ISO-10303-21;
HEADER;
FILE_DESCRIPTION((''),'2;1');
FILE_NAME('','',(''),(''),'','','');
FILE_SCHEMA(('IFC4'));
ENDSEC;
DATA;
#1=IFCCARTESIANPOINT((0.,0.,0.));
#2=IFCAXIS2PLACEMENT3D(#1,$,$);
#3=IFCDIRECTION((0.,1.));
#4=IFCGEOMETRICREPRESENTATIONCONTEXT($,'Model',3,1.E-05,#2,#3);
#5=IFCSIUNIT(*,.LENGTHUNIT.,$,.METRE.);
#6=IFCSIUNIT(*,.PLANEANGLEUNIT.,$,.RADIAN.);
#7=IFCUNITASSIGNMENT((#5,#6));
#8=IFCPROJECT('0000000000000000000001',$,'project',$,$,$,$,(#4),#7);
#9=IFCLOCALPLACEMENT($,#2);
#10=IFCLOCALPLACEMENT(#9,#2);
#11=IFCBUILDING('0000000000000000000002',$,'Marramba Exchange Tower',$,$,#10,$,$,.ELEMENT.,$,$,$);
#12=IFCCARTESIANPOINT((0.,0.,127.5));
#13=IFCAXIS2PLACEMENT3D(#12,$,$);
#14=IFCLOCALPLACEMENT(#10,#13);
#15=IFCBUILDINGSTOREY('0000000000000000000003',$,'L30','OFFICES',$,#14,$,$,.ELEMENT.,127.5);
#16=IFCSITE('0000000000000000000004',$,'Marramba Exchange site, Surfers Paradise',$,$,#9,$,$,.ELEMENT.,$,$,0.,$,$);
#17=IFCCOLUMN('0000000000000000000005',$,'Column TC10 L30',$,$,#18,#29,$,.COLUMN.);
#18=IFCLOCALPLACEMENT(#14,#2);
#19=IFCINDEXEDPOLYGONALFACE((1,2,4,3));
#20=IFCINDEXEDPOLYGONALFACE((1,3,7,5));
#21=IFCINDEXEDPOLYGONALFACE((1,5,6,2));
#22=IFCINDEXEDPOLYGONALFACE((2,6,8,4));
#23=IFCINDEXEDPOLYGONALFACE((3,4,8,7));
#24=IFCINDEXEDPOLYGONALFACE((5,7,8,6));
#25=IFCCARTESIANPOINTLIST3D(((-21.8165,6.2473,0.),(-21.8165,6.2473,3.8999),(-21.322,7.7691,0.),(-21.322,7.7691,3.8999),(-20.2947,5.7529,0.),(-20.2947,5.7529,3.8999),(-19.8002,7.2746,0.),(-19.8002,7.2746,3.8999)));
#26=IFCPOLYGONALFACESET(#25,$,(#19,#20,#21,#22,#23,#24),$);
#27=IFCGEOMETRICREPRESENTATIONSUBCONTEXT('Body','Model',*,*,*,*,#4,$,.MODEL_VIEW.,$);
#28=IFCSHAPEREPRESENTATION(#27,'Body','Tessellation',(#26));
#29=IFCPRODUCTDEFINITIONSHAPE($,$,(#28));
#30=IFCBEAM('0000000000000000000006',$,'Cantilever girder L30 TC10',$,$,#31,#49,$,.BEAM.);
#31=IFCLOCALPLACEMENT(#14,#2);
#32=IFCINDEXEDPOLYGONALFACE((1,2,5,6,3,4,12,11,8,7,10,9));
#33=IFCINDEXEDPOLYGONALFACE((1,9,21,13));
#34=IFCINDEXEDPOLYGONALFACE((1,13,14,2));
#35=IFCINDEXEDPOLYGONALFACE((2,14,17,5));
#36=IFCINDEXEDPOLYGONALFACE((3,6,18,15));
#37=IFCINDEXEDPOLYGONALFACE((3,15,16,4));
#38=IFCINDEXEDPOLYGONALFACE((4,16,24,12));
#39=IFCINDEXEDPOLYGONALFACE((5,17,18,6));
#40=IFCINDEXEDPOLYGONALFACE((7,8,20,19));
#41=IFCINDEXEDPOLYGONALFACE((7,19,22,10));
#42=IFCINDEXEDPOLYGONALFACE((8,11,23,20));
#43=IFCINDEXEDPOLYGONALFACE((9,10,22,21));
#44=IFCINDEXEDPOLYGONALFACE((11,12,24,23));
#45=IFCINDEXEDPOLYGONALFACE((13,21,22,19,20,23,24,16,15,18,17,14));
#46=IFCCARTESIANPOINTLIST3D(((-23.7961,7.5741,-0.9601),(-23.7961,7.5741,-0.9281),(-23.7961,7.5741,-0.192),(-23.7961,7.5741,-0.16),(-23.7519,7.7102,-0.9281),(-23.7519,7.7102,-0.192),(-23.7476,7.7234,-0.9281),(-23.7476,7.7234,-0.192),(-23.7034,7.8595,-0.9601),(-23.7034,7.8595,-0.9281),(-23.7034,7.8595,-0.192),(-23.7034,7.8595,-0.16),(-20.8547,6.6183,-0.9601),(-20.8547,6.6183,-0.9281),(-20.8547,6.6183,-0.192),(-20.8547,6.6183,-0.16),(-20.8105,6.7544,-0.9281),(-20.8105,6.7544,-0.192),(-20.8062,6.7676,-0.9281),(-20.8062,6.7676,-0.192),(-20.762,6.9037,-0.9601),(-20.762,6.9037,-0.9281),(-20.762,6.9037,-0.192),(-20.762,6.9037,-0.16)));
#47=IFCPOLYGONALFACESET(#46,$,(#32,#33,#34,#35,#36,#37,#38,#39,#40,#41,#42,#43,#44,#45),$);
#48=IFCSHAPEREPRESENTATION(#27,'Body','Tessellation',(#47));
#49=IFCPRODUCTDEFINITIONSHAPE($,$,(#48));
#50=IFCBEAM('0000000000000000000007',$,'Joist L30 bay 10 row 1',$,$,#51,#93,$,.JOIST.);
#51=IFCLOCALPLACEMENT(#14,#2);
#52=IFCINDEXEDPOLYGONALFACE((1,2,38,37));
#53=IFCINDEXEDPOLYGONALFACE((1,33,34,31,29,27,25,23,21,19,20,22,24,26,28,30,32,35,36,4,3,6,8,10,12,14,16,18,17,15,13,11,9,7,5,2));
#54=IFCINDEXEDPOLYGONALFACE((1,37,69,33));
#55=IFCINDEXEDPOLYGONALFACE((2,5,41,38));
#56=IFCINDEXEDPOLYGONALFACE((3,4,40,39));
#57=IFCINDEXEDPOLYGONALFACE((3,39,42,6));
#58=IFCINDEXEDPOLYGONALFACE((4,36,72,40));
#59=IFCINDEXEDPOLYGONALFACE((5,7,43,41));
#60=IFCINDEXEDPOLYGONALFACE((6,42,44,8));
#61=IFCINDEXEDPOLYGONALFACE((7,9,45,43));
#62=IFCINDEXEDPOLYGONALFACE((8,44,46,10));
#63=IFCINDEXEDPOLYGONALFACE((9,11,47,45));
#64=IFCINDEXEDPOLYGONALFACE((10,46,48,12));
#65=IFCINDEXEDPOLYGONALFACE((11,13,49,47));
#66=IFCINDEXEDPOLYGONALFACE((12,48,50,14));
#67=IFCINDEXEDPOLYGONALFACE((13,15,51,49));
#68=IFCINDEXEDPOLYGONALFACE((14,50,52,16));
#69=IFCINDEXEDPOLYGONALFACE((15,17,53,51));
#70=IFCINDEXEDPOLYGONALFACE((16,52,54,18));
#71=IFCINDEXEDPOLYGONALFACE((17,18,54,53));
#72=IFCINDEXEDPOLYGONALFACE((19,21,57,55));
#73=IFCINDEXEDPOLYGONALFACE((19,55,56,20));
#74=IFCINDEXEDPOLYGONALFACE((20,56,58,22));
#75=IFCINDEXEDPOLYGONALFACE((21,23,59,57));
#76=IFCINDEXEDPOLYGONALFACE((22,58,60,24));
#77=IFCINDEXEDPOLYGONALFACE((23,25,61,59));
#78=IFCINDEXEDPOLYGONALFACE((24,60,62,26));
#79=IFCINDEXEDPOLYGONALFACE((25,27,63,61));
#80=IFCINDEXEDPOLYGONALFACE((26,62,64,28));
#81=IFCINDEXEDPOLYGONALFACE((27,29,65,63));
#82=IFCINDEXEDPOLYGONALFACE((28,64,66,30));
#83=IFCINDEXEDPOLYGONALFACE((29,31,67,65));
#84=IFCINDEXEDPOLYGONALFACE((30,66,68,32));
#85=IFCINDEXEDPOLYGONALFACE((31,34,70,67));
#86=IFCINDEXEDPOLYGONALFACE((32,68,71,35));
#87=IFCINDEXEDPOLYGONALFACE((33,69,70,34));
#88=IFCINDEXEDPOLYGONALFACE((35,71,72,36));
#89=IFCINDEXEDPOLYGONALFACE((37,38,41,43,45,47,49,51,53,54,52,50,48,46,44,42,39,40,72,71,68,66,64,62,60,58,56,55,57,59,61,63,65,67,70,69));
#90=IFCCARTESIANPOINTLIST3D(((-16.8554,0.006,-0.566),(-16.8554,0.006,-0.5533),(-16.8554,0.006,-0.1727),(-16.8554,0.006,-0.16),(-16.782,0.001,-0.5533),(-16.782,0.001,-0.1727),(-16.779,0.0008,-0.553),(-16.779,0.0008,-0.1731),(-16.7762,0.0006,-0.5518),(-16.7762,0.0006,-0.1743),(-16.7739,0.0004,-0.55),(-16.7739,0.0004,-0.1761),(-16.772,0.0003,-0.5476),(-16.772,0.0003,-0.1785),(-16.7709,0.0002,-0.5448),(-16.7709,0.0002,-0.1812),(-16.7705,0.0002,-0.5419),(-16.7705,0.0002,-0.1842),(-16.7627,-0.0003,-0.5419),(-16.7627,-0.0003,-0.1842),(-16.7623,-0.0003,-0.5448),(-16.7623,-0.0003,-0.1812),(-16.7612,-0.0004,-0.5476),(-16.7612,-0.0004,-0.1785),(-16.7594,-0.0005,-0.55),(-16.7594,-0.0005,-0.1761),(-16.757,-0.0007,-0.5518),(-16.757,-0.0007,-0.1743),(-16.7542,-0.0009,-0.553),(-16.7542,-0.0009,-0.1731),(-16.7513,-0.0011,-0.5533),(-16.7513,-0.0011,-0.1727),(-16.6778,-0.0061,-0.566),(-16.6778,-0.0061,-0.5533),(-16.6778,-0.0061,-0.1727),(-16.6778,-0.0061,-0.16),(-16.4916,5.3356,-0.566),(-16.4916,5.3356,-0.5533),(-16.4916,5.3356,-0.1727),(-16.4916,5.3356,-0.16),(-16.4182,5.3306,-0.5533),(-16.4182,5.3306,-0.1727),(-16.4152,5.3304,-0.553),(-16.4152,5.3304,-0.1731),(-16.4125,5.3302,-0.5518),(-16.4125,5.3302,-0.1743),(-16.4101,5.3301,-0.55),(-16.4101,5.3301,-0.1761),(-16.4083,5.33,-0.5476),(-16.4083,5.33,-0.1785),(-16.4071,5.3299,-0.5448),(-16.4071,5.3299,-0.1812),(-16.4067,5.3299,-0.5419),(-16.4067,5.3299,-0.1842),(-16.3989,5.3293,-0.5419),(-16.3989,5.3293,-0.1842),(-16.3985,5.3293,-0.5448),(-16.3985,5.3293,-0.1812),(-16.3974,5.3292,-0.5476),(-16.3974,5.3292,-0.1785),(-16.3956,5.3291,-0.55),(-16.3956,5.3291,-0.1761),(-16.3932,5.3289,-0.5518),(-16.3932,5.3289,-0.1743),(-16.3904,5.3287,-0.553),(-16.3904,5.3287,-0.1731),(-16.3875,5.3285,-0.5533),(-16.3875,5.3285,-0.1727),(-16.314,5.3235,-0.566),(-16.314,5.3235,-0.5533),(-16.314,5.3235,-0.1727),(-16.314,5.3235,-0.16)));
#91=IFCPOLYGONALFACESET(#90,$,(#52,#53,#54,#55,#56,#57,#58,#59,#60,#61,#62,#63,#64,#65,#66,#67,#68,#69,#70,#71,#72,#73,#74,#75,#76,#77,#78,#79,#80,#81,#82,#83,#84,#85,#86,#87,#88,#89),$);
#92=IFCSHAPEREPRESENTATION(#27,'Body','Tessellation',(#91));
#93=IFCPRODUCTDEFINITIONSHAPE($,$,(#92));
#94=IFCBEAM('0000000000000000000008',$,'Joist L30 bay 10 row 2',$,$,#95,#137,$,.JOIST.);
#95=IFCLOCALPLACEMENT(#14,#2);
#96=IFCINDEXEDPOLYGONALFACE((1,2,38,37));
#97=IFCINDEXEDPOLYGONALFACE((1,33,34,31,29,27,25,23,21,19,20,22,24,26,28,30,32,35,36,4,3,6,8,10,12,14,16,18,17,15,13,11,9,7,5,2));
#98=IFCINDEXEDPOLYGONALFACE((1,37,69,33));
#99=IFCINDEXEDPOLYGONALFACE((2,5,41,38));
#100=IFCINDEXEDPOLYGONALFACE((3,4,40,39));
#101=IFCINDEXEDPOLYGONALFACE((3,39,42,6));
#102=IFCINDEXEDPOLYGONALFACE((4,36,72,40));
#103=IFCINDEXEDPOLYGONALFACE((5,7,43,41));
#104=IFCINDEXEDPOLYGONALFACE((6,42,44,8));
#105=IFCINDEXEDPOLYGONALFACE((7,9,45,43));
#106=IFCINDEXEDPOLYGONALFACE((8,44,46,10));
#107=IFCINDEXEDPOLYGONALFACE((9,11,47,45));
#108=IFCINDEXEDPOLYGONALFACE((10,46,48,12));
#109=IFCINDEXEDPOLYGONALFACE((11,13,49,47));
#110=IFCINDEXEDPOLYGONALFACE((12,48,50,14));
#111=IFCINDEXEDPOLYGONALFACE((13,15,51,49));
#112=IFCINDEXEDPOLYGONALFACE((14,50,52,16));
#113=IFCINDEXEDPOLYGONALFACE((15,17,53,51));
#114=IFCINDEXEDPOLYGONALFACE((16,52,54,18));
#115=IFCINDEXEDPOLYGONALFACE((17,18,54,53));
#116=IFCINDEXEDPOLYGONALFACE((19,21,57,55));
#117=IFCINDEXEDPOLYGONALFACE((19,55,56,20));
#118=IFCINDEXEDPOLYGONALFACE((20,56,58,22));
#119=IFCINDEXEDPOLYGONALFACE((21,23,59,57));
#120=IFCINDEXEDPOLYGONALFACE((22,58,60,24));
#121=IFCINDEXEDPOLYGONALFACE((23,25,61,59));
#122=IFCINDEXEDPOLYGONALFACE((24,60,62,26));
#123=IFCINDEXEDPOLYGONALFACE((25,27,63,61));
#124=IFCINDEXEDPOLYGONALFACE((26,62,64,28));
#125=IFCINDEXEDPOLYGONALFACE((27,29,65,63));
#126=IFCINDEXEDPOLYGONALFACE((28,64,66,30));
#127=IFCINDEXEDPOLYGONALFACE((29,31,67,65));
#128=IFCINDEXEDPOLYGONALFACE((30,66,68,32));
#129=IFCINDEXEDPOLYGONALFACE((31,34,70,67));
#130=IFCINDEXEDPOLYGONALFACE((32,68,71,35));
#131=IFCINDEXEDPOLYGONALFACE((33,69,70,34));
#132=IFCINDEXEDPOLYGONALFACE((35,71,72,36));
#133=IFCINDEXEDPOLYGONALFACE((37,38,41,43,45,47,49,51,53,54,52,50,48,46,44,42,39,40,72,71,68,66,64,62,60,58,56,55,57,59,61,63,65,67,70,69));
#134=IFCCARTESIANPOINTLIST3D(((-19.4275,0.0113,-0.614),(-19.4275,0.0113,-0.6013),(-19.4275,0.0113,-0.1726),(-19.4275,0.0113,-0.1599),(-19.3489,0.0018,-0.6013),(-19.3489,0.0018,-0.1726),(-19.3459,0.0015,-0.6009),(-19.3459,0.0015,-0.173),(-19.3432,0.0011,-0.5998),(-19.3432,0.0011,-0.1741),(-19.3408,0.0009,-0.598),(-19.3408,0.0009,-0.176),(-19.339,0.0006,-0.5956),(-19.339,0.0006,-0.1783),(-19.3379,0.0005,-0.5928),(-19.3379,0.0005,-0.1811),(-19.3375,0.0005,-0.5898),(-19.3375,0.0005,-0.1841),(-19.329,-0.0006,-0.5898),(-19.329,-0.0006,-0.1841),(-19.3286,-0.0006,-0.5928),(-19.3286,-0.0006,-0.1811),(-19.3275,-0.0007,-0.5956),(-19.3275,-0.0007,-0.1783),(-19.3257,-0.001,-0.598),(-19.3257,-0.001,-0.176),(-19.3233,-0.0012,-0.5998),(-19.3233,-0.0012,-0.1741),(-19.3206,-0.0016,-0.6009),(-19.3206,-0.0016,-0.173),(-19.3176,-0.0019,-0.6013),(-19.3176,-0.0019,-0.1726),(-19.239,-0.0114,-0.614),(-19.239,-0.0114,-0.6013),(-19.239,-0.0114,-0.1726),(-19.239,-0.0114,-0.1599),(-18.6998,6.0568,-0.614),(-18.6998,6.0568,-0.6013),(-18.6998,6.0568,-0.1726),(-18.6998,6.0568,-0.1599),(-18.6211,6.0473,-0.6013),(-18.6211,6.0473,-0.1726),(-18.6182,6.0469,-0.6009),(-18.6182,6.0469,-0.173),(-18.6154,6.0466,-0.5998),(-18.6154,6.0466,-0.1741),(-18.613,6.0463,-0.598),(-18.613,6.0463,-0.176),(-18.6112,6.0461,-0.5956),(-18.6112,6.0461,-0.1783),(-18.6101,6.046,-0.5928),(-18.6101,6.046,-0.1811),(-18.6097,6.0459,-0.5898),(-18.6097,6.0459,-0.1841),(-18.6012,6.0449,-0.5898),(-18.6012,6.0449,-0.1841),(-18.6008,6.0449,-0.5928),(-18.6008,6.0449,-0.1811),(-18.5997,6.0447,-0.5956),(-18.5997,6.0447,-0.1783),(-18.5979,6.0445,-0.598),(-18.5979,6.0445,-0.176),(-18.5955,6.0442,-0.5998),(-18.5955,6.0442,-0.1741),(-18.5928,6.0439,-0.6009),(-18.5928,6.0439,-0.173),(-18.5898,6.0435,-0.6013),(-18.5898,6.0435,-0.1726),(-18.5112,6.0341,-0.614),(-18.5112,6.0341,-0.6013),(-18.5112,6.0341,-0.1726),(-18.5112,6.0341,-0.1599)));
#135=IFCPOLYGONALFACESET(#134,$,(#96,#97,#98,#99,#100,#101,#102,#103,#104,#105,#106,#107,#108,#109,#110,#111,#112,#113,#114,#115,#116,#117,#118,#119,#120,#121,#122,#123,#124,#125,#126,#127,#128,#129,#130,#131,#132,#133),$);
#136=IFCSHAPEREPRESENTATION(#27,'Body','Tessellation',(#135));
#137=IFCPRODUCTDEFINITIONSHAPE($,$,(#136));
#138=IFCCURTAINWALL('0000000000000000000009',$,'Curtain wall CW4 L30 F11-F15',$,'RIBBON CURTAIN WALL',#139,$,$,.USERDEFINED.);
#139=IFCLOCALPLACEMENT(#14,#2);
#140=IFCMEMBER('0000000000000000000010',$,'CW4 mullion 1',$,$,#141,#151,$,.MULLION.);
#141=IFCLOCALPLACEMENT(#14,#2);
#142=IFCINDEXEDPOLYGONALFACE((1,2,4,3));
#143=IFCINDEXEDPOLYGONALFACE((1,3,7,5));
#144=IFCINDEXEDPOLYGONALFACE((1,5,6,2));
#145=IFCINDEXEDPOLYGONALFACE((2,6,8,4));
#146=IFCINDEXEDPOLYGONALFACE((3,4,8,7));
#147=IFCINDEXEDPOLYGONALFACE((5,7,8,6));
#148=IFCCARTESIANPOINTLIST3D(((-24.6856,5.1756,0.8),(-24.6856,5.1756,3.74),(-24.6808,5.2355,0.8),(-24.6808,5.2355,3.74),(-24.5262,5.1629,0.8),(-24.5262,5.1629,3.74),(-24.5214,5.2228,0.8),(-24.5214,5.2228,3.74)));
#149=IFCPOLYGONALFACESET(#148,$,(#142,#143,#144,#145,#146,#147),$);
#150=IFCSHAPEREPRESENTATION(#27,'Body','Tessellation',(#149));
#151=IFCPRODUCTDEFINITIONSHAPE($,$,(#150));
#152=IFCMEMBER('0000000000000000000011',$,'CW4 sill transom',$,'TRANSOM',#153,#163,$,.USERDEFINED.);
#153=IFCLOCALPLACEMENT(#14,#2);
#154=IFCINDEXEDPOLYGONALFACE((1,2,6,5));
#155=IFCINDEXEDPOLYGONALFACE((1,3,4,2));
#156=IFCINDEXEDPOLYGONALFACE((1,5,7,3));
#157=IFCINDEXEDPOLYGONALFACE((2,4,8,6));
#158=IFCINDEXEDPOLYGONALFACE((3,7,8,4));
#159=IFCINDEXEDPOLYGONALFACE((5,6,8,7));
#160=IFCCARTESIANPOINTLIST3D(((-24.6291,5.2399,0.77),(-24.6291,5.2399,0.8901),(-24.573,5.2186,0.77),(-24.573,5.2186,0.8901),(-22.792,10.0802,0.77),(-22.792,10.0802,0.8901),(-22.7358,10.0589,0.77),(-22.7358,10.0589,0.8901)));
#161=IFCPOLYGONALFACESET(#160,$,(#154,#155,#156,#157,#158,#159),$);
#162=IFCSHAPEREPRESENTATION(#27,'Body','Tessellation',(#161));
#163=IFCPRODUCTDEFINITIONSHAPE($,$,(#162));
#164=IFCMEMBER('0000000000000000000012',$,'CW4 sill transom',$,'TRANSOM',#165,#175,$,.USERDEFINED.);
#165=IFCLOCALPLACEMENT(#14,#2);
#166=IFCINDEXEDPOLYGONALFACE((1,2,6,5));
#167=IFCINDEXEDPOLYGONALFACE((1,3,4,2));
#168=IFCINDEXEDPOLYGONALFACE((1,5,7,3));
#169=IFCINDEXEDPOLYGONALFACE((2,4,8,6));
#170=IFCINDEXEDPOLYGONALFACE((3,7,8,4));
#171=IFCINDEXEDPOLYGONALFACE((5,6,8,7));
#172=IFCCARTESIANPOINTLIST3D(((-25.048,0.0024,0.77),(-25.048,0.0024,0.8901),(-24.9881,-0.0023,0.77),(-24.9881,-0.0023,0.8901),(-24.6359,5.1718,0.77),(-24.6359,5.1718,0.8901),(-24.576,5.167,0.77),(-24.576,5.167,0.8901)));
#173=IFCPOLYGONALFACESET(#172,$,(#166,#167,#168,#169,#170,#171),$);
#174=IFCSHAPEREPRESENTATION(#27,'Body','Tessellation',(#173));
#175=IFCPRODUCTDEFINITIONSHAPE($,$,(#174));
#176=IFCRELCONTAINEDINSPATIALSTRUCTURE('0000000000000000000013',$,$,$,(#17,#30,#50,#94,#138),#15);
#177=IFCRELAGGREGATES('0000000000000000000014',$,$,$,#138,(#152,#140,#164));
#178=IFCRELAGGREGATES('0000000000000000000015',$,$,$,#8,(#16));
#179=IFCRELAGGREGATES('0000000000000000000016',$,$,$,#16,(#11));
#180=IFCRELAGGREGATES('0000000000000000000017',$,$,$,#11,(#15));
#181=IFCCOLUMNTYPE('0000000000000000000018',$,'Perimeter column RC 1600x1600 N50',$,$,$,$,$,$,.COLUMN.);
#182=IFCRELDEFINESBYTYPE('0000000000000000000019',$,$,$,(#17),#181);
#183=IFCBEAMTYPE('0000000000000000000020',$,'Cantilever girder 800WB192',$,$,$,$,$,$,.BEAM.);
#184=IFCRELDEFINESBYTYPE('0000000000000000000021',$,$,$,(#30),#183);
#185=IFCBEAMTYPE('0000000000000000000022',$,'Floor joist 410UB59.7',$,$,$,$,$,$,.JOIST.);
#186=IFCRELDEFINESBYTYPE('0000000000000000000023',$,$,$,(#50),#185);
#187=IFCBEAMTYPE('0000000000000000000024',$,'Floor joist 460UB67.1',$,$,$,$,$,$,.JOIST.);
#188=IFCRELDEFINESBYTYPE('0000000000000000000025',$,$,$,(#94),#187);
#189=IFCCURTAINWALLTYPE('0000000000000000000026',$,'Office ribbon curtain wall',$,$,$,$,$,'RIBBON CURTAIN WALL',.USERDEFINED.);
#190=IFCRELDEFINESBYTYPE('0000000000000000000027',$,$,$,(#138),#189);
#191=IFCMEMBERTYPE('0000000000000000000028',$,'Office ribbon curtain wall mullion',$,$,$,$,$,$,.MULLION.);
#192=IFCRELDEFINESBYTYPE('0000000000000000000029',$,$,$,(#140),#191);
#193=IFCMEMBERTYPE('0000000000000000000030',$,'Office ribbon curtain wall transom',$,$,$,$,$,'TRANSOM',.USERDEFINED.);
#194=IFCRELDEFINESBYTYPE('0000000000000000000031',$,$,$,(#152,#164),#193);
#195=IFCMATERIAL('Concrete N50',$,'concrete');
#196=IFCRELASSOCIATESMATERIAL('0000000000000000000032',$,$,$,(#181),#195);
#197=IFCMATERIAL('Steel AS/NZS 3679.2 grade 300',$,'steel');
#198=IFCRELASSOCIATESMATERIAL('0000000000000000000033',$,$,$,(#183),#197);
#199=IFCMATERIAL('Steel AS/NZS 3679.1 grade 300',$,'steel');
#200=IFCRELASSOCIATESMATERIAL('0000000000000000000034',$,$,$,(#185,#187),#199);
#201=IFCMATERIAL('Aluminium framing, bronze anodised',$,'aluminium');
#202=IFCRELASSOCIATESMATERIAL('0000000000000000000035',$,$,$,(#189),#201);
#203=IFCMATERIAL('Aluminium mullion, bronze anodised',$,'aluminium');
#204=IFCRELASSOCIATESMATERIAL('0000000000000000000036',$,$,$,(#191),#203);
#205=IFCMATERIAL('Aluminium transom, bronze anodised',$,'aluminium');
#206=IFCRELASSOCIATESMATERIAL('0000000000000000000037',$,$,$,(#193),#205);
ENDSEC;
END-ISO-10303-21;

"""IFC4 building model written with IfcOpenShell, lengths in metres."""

from ifc_helpers import new_model, si_unit, direction, frame, origin, origin_2d, place, context, subcontext, project, spatial, rectangle, i_section, extrude, material, material_profile, profile_set, type_object, element, aggregate, save


model = new_model("IFC4")

# Units and contexts
model_context = context("Model", 3, precision=1e-05, world=origin(), true_north=direction((0.0, 1.0)))
body_context = subcontext(model_context, "Body", "Model", "MODEL_VIEW")
ifc_project = project(units=[si_unit("LENGTHUNIT", "METRE"), si_unit("PLANEANGLEUNIT", "RADIAN")], contexts=[model_context])

# Site, building, storey
site_placement = place(None, origin())
site = spatial("IfcSite", under=ifc_project, at=site_placement, Name="Marramba Exchange site, Surfers Paradise", CompositionType="ELEMENT", RefElevation=0.0)
building_placement = place(site_placement, origin())
building = spatial("IfcBuilding", under=site, at=building_placement, Name="Marramba Exchange Tower", CompositionType="ELEMENT")
storey_placement = place(building_placement, frame((0.0, 0.0, 127.5)))
storey = spatial("IfcBuildingStorey", under=building, at=storey_placement, Name="L30", Description="OFFICES", CompositionType="ELEMENT", Elevation=127.5)

# Column
ifc_material_1 = material(Name="Concrete N50", Category="concrete")
ifc_material_profile_1 = material_profile(ifc_material_1, rectangle(XDim=1.6001, YDim=1.6001, at=origin_2d()), Name="RC 1600x1600")
ifc_profile_set_1 = profile_set([ifc_material_profile_1], Name="Concrete N50")
column_type = type_object("IfcColumnType", Name="Perimeter column RC 1600x1600 N50", PredefinedType="COLUMN", material=ifc_profile_set_1)
column_placement = place(storey_placement, frame((-20.8083, 6.761, 0.0), z_axis=(0.0, 0.0, 1.0), x_axis=(-0.951057, 0.309017, 0.0)))
element("IfcColumn", 1, at=column_placement, inside=storey, type_object=column_type, Name="Column TC10 L30", PredefinedType="COLUMN", context=body_context, shape_type="SweptSolid", body=[
    extrude(rectangle(XDim=1.6001, YDim=1.6001, at=origin_2d()), origin(), (0.0, 0.0, 1.0), 3.8999),
])

# Beams
ifc_material_2 = material(Name="Steel AS/NZS 3679.2 grade 300", Category="steel")
ifc_material_profile_2 = material_profile(ifc_material_2, i_section(OverallWidth=0.3, OverallDepth=0.8, WebThickness=0.0139, FlangeThickness=0.032, at=origin_2d()), Name="800WB192")
ifc_profile_set_2 = profile_set([ifc_material_profile_2], Name="Steel AS/NZS 3679.2 grade 300")
beam_type_1 = type_object("IfcBeamType", Name="Cantilever girder 800WB192", PredefinedType="BEAM", material=ifc_profile_set_2)
beam_1_placement = place(storey_placement, frame((-20.8083, 6.761, -0.5601), z_axis=(-0.951048, 0.309043, 0.0), x_axis=(-0.309043, -0.951048, 0.0)))
element("IfcBeam", 2, at=beam_1_placement, inside=storey, type_object=beam_type_1, Name="Cantilever girder L30 TC10", PredefinedType="BEAM", context=body_context, shape_type="SweptSolid", body=[
    extrude(i_section(OverallWidth=0.3, OverallDepth=0.8, WebThickness=0.0139, FlangeThickness=0.032, at=origin_2d()), origin(), (0.0, 0.0, 1.0), 3.0928),
])
ifc_material_3 = material(Name="Steel AS/NZS 3679.1 grade 300", Category="steel")
ifc_material_profile_3 = material_profile(ifc_material_3, i_section(OverallWidth=0.178, OverallDepth=0.406, WebThickness=0.0078, FlangeThickness=0.0127, FilletRadius=0.0115, at=origin_2d()), Name="410UB59.7")
ifc_profile_set_3 = profile_set([ifc_material_profile_3], Name="Steel AS/NZS 3679.1 grade 300")
beam_type_2 = type_object("IfcBeamType", Name="Floor joist 410UB59.7", PredefinedType="JOIST", material=ifc_profile_set_3)
beam_2_placement = place(storey_placement, frame((-16.4028, 5.3296, -0.363), z_axis=(-0.068096, -0.997679, 0.0), x_axis=(0.997679, -0.068096, 0.0)))
element("IfcBeam", 3, at=beam_2_placement, inside=storey, type_object=beam_type_2, Name="Joist L30 bay 10 row 1", PredefinedType="JOIST", context=body_context, shape_type="SweptSolid", body=[
    extrude(i_section(OverallWidth=0.178, OverallDepth=0.406, WebThickness=0.0078, FlangeThickness=0.0127, FilletRadius=0.0115, at=origin_2d()), origin(), (0.0, 0.0, 1.0), 5.342),
])
ifc_material_profile_4 = material_profile(ifc_material_3, i_section(OverallWidth=0.1899, OverallDepth=0.4541, WebThickness=0.0085, FlangeThickness=0.0127, FilletRadius=0.0115, at=origin_2d()), Name="460UB67.1")
ifc_profile_set_4 = profile_set([ifc_material_profile_4], Name="Steel AS/NZS 3679.1 grade 300")
beam_type_3 = type_object("IfcBeamType", Name="Floor joist 460UB67.1", PredefinedType="JOIST", material=ifc_profile_set_4)
beam_3_placement = place(storey_placement, frame((-18.6055, 6.0454, -0.387), z_axis=(-0.119523, -0.992831, 0.0), x_axis=(0.992831, -0.119523, 0.0)))
element("IfcBeam", 4, at=beam_3_placement, inside=storey, type_object=beam_type_3, Name="Joist L30 bay 10 row 2", PredefinedType="JOIST", context=body_context, shape_type="SweptSolid", body=[
    extrude(i_section(OverallWidth=0.1899, OverallDepth=0.4541, WebThickness=0.0085, FlangeThickness=0.0127, FilletRadius=0.0115, at=origin_2d()), origin(), (0.0, 0.0, 1.0), 6.0891),
])

# Curtain wall, members
ifc_material_4 = material(Name="Aluminium framing, bronze anodised", Category="aluminium")
curtain_wall_type = type_object("IfcCurtainWallType", Name="Office ribbon curtain wall", ElementType="RIBBON CURTAIN WALL", PredefinedType="USERDEFINED", material=ifc_material_4)
curtain_wall_placement = place(storey_placement, origin())
curtain_wall = element("IfcCurtainWall", 5, at=curtain_wall_placement, inside=storey, type_object=curtain_wall_type, Name="Curtain wall CW4 L30 F11-F15", ObjectType="RIBBON CURTAIN WALL", PredefinedType="USERDEFINED")
ifc_material_5 = material(Name="Aluminium mullion, bronze anodised", Category="aluminium")
ifc_material_profile_5 = material_profile(ifc_material_5, rectangle(XDim=0.1599, YDim=0.0601, at=origin_2d()), Name="CW4 mullion 60x160")
ifc_profile_set_5 = profile_set([ifc_material_profile_5], Name="Aluminium mullion, bronze anodised")
member_type_1 = type_object("IfcMemberType", Name="Office ribbon curtain wall mullion", PredefinedType="MULLION", material=ifc_profile_set_5)
member_1_placement = place(storey_placement, frame((-24.6035, 5.1992, 0.8), z_axis=(0.0, 0.0, 1.0), x_axis=(0.996838, -0.07946, 0.0)))
member_1 = element("IfcMember", 6, at=member_1_placement, type_object=member_type_1, Name="CW4 mullion 1", PredefinedType="MULLION", context=body_context, shape_type="SweptSolid", body=[
    extrude(rectangle(XDim=0.1599, YDim=0.0601, at=origin_2d()), origin(), (0.0, 0.0, 1.0), 2.9399),
])
ifc_material_6 = material(Name="Aluminium transom, bronze anodised", Category="aluminium")
ifc_material_profile_6 = material_profile(ifc_material_6, rectangle(XDim=0.0601, YDim=0.1201, at=origin_2d()), Name="CW4 transom 60x120")
ifc_profile_set_6 = profile_set([ifc_material_profile_6], Name="Aluminium transom, bronze anodised")
member_type_2 = type_object("IfcMemberType", Name="Office ribbon curtain wall transom", ElementType="TRANSOM", PredefinedType="USERDEFINED", material=ifc_profile_set_6)
member_2_placement = place(storey_placement, frame((-22.7639, 10.0696, 0.8301), z_axis=(-0.354852, -0.934923, 0.0), x_axis=(0.934923, -0.354852, 0.0)))
member_2 = element("IfcMember", 7, at=member_2_placement, type_object=member_type_2, Name="CW4 sill transom", ObjectType="TRANSOM", PredefinedType="USERDEFINED", context=body_context, shape_type="SweptSolid", body=[
    extrude(rectangle(XDim=0.0601, YDim=0.1201, at=origin_2d()), origin(), (0.0, 0.0, 1.0), 5.1772),
])
member_3_placement = place(storey_placement, frame((-24.606, 5.1694, 0.8301), z_axis=(-0.079468, -0.996837, 0.0), x_axis=(0.996837, -0.079468, 0.0)))
member_3 = element("IfcMember", 8, at=member_3_placement, type_object=member_type_2, Name="CW4 sill transom", ObjectType="TRANSOM", PredefinedType="USERDEFINED", context=body_context, shape_type="SweptSolid", body=[
    extrude(rectangle(XDim=0.0601, YDim=0.1201, at=origin_2d()), origin(), (0.0, 0.0, 1.0), 5.1858),
])

aggregate(curtain_wall, [member_2, member_1, member_3])

save(model, "model.ifc")
